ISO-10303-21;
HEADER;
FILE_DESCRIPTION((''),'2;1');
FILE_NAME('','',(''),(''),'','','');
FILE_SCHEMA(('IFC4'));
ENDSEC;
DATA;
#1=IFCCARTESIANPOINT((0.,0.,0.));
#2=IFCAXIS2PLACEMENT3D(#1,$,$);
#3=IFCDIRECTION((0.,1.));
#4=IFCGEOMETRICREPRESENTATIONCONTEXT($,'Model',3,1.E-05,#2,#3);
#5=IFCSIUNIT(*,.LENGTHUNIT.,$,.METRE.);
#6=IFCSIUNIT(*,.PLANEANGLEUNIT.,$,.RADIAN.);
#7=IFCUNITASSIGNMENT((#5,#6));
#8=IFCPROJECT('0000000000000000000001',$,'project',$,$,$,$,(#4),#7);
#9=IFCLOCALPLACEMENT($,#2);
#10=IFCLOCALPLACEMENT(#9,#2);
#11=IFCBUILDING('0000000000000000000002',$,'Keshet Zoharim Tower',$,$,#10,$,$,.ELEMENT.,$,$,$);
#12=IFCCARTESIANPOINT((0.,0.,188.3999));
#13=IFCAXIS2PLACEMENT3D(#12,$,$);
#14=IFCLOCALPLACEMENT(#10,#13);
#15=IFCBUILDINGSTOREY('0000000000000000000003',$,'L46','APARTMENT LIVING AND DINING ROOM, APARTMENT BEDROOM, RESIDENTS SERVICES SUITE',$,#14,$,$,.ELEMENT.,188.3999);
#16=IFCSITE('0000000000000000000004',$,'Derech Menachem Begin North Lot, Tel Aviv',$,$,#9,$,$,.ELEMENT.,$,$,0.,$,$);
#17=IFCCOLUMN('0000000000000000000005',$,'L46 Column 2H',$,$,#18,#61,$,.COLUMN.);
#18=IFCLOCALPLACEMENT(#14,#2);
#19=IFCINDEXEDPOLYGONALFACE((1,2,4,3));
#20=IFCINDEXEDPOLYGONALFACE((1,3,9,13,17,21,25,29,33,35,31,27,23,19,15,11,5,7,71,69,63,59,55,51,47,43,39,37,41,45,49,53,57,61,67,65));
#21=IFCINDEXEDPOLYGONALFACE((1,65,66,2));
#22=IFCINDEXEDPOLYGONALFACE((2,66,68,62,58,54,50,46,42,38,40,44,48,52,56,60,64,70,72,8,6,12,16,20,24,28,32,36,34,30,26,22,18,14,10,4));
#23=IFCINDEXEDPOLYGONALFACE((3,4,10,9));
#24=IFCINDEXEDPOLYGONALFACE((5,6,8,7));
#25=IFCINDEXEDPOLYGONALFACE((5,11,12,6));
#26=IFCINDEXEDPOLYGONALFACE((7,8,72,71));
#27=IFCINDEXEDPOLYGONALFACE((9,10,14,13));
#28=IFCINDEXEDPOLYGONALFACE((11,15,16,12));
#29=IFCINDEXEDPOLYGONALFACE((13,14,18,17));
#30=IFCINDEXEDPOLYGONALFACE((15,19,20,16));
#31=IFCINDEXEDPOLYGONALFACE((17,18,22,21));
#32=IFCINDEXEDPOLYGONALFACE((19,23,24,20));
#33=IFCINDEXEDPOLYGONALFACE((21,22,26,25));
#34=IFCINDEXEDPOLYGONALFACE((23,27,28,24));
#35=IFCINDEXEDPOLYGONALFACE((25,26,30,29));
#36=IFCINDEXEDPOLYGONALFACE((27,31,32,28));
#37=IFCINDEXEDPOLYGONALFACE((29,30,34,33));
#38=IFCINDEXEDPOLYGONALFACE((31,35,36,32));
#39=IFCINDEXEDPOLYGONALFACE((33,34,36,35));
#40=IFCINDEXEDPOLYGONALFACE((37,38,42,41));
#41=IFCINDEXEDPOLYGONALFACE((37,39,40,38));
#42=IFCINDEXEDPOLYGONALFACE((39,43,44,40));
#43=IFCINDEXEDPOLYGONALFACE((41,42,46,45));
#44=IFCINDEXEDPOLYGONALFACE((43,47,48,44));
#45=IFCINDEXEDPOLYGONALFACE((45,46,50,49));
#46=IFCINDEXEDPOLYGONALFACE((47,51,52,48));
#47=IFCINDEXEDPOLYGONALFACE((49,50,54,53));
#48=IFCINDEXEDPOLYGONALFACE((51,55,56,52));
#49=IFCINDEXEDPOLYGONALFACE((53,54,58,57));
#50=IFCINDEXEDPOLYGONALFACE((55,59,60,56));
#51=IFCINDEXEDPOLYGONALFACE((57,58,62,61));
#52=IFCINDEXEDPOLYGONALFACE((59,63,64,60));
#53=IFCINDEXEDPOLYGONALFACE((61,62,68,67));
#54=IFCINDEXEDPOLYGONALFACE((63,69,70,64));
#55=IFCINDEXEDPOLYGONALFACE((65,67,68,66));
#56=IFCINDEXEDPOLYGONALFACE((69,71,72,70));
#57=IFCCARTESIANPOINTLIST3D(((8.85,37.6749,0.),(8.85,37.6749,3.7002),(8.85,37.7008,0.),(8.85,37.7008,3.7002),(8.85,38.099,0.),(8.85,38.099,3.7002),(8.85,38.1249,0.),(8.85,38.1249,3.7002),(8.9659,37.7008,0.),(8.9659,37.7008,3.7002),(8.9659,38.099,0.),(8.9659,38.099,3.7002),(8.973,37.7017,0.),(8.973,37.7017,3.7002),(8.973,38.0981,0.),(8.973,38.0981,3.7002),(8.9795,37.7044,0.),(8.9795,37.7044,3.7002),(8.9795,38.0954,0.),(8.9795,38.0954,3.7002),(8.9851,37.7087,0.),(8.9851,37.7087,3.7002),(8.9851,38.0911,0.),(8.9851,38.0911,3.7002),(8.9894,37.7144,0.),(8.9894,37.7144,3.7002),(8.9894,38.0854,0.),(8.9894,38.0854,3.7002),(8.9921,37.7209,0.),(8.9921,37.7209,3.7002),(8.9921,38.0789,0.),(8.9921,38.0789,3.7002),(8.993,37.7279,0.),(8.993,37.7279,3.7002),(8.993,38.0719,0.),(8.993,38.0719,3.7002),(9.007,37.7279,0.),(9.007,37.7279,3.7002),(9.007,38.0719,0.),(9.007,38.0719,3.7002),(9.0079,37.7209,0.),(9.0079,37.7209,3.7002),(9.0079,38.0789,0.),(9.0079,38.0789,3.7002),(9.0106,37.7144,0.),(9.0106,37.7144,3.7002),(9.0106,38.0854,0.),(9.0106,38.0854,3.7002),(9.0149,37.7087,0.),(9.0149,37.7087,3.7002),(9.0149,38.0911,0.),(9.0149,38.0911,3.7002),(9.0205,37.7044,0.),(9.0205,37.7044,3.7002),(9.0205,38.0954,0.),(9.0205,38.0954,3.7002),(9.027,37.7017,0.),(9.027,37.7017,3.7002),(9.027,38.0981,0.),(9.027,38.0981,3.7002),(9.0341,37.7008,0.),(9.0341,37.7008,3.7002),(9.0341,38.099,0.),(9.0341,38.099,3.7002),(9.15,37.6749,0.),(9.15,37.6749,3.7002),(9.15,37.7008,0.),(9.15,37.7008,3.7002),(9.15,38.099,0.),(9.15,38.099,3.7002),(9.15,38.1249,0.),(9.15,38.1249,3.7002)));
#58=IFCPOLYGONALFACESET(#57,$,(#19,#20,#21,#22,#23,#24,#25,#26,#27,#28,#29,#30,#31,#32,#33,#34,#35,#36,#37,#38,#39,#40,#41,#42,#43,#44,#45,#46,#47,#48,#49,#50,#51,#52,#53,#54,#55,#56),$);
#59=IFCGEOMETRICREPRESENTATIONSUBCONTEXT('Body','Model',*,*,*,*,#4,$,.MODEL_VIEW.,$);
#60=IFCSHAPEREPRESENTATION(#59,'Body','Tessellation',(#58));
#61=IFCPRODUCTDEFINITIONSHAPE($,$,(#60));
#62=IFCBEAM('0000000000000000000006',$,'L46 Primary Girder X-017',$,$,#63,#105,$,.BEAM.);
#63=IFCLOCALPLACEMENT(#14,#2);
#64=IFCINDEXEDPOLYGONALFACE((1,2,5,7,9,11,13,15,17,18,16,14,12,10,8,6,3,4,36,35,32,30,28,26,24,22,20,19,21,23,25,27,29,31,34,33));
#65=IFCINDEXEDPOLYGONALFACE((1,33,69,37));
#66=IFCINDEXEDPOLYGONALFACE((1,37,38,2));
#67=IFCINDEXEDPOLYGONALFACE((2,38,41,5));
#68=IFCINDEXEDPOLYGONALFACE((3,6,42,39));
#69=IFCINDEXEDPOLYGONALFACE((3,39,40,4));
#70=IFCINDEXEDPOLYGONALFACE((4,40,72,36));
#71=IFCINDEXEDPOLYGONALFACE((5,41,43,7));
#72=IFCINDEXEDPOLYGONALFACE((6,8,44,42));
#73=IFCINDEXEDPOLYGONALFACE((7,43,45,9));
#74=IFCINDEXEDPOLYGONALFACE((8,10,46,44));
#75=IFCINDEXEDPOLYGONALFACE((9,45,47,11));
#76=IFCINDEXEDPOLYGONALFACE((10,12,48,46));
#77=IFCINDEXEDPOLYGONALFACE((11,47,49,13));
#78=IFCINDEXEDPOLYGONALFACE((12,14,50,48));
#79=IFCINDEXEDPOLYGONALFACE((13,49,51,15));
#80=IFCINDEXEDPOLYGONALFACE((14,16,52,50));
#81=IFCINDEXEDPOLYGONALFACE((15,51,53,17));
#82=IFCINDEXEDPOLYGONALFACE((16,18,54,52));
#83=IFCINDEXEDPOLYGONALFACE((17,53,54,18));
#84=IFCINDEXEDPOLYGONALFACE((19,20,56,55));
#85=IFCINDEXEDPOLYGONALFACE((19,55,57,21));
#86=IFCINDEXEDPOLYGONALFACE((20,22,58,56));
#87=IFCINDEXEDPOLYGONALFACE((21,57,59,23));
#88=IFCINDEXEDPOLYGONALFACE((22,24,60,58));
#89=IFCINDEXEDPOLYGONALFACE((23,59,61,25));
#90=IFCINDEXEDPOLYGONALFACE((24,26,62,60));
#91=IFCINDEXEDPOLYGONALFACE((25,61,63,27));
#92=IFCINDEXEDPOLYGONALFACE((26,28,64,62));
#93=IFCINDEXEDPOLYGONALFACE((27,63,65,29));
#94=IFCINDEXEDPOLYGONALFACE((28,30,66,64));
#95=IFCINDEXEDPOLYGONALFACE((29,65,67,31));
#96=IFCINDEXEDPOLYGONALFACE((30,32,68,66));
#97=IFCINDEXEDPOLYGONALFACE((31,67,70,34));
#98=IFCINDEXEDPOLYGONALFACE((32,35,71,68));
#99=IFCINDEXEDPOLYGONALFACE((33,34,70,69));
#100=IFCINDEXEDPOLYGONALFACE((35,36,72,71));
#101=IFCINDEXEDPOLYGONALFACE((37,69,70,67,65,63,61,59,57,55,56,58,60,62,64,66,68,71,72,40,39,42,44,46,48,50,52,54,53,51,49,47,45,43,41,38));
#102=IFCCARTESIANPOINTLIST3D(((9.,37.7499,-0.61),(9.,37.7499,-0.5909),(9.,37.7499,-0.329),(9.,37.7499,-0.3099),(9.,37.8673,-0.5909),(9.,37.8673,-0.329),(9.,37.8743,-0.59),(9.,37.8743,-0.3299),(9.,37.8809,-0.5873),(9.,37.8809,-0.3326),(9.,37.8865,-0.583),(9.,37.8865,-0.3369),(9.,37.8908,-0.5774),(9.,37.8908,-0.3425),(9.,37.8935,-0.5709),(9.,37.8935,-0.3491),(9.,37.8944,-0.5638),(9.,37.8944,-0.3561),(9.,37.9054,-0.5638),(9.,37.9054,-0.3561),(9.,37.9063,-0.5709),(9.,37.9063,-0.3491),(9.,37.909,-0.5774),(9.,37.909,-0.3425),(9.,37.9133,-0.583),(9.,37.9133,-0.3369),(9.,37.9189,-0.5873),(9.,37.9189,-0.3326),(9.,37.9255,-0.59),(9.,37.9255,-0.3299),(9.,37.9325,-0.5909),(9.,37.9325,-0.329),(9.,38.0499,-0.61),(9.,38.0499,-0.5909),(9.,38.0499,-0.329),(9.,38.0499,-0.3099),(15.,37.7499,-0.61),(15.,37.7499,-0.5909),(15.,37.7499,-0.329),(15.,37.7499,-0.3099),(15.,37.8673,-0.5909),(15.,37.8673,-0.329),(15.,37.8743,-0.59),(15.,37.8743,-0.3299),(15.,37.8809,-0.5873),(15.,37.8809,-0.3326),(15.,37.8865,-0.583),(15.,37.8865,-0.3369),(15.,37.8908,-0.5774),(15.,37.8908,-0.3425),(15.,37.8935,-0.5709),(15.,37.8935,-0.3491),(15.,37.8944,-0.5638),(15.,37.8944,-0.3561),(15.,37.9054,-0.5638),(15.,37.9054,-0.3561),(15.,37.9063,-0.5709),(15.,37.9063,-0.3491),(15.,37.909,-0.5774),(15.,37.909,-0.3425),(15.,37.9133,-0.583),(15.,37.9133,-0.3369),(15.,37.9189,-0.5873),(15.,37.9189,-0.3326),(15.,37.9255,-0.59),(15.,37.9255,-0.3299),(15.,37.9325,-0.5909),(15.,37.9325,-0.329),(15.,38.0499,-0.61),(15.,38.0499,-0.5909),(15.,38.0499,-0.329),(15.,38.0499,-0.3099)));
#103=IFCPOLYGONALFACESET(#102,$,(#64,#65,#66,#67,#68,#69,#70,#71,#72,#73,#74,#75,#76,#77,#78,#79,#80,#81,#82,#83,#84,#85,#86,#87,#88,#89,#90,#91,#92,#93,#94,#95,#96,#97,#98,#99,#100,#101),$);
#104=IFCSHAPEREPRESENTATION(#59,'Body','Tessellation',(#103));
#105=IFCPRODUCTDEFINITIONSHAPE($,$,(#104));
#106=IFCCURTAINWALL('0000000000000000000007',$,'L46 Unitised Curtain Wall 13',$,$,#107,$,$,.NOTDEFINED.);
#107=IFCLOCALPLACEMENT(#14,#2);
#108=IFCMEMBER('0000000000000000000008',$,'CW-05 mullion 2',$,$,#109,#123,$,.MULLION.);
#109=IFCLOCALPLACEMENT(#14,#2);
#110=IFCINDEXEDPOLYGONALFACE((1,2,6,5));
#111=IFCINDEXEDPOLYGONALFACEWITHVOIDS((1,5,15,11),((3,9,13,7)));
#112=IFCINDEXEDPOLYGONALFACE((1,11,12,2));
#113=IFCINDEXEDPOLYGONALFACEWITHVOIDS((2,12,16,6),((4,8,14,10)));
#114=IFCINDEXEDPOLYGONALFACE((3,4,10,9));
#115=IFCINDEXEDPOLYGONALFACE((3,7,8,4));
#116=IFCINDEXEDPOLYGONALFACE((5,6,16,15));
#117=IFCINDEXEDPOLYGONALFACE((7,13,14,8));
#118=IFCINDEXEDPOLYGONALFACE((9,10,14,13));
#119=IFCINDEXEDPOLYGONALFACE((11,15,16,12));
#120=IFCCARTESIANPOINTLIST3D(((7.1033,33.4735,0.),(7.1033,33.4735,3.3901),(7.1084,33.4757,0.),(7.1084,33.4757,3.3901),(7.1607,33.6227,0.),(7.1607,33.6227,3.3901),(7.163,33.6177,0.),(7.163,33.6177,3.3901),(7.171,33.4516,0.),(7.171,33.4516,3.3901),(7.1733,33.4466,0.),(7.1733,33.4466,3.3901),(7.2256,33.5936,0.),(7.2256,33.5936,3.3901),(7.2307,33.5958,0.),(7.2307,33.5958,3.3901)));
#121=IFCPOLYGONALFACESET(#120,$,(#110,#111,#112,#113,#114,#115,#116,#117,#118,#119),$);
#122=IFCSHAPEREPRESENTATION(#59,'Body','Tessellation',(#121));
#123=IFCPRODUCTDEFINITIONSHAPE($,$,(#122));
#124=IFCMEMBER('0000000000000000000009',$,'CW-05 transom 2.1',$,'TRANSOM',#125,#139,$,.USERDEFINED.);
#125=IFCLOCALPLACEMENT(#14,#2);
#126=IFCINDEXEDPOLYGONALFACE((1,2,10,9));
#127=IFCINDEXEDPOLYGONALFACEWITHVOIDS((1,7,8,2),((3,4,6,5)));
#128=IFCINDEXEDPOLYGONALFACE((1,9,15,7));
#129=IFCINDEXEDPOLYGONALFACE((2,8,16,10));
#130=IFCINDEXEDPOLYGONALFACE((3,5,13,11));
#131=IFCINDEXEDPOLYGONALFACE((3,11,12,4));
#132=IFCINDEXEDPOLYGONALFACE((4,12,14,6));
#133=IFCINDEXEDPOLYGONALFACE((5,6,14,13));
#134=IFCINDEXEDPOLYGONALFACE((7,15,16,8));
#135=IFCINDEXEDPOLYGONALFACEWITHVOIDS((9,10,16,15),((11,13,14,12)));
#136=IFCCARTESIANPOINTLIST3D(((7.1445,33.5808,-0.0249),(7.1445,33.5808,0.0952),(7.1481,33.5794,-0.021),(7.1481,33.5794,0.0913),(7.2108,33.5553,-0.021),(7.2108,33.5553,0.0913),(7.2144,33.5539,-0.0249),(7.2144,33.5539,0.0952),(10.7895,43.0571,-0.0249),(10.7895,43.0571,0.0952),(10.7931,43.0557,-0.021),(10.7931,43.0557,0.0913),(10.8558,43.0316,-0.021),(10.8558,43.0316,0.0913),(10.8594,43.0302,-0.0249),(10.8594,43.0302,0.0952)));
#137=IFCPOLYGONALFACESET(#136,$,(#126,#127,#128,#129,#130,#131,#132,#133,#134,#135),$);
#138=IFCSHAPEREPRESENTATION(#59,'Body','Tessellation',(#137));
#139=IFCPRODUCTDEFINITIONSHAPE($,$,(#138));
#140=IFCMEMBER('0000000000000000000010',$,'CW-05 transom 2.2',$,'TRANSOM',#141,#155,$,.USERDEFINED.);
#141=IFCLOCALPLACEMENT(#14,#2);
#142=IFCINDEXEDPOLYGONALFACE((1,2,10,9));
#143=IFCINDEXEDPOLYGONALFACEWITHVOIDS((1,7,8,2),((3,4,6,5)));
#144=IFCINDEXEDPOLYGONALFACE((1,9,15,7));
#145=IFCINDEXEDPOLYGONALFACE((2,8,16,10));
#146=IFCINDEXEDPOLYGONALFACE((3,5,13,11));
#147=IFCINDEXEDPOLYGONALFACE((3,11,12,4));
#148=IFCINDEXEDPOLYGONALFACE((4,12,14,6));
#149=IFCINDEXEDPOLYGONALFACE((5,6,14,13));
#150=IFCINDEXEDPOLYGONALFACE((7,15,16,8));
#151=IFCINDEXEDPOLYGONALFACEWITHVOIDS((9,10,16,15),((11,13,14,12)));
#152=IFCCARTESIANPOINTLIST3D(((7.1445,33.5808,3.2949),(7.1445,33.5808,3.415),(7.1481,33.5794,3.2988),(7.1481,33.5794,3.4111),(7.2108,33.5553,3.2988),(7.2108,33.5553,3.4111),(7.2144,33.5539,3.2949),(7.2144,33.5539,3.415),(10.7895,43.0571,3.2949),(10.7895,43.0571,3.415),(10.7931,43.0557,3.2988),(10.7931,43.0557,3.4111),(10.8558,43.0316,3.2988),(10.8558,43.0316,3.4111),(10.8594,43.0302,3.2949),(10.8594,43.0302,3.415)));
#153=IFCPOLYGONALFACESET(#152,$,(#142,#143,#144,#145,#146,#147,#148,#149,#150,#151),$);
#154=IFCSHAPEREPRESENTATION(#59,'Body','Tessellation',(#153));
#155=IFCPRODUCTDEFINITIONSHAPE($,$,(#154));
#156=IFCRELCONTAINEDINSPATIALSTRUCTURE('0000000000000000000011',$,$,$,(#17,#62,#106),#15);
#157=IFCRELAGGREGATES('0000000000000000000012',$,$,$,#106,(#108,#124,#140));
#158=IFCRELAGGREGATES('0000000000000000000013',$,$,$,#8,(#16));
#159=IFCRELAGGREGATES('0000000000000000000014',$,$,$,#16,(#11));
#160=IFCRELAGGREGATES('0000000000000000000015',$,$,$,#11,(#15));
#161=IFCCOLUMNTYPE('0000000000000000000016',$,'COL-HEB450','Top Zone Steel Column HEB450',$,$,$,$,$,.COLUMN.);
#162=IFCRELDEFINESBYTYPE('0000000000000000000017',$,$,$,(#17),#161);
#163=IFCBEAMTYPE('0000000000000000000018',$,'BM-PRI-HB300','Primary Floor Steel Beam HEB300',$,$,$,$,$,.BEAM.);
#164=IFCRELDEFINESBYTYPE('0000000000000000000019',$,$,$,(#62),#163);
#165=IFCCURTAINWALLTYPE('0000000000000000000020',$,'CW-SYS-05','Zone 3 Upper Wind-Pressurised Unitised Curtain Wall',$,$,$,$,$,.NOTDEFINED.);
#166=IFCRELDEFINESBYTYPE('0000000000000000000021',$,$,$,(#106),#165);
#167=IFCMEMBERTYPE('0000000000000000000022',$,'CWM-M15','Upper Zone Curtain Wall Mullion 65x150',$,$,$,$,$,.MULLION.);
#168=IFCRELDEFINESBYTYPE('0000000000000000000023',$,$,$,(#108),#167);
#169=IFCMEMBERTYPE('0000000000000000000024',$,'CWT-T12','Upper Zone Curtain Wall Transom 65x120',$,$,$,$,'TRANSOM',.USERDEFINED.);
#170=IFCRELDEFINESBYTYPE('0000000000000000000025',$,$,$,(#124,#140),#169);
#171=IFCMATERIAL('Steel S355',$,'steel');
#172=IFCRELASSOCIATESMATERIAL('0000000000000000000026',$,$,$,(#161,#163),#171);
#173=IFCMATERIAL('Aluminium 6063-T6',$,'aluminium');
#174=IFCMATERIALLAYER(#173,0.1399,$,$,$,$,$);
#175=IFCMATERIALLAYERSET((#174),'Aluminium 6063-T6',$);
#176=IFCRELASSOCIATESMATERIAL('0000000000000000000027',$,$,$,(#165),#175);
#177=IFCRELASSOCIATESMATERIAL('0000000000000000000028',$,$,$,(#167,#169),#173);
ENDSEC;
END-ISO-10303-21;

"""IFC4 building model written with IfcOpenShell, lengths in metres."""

from ifc_helpers import new_model, si_unit, direction, frame, origin, origin_2d, place, context, subcontext, project, spatial, hollow_rectangle, i_section, extrude, material, layer, layer_set, material_profile, profile_set, type_object, element, aggregate, save


model = new_model("IFC4")

# Units and contexts
model_context = context("Model", 3, precision=1e-05, world=origin(), true_north=direction((0.0, 1.0)))
body_context = subcontext(model_context, "Body", "Model", "MODEL_VIEW")
ifc_project = project(units=[si_unit("LENGTHUNIT", "METRE"), si_unit("PLANEANGLEUNIT", "RADIAN")], contexts=[model_context])

# Site, building, storey
site_placement = place(None, origin())
site = spatial("IfcSite", under=ifc_project, at=site_placement, Name="Derech Menachem Begin North Lot, Tel Aviv", CompositionType="ELEMENT", RefElevation=0.0)
building_placement = place(site_placement, origin())
building = spatial("IfcBuilding", under=site, at=building_placement, Name="Keshet Zoharim Tower", CompositionType="ELEMENT")
storey_placement = place(building_placement, frame((0.0, 0.0, 188.3999)))
storey = spatial("IfcBuildingStorey", under=building, at=storey_placement, Name="L46", Description="APARTMENT LIVING AND DINING ROOM, APARTMENT BEDROOM, RESIDENTS SERVICES SUITE", CompositionType="ELEMENT", Elevation=188.3999)

# Column
ifc_material_1 = material(Name="Steel S355", Category="steel")
ifc_material_profile_1 = material_profile(ifc_material_1, i_section(OverallWidth=0.3, OverallDepth=0.45, WebThickness=0.0139, FlangeThickness=0.0259, FilletRadius=0.0271, at=origin_2d()), Name="HEB450")
ifc_profile_set_1 = profile_set([ifc_material_profile_1], Name="Steel S355")
column_type = type_object("IfcColumnType", Name="COL-HEB450", Description="Top Zone Steel Column HEB450", PredefinedType="COLUMN", material=ifc_profile_set_1)
column_placement = place(storey_placement, frame((9.0, 37.8999, 0.0), z_axis=(0.0, 0.0, 1.0), x_axis=(1.0, 0.0, 0.0)))
element("IfcColumn", 1, at=column_placement, inside=storey, type_object=column_type, Name="L46 Column 2H", PredefinedType="COLUMN", context=body_context, shape_type="SweptSolid", body=[
    extrude(i_section(OverallWidth=0.3, OverallDepth=0.45, WebThickness=0.0139, FlangeThickness=0.0259, FilletRadius=0.0271, at=origin_2d()), origin(), (0.0, 0.0, 1.0), 3.7002),
])

# Beam
ifc_material_profile_2 = material_profile(ifc_material_1, i_section(OverallWidth=0.3, OverallDepth=0.3, WebThickness=0.011, FlangeThickness=0.019, FilletRadius=0.0271, at=origin_2d()), Name="HEB300")
ifc_profile_set_2 = profile_set([ifc_material_profile_2], Name="Steel S355")
beam_type = type_object("IfcBeamType", Name="BM-PRI-HB300", Description="Primary Floor Steel Beam HEB300", PredefinedType="BEAM", material=ifc_profile_set_2)
beam_placement = place(storey_placement, frame((9.0, 37.8999, -0.46), z_axis=(1.0, 0.0, 0.0), x_axis=(0.0, 1.0, 0.0)))
element("IfcBeam", 2, at=beam_placement, inside=storey, type_object=beam_type, Name="L46 Primary Girder X-017", PredefinedType="BEAM", context=body_context, shape_type="SweptSolid", body=[
    extrude(i_section(OverallWidth=0.3, OverallDepth=0.3, WebThickness=0.011, FlangeThickness=0.019, FilletRadius=0.0271, at=origin_2d()), origin(), (0.0, 0.0, 1.0), 6.0),
])

# Curtain wall, members
ifc_material_2 = material(Name="Aluminium 6063-T6", Category="aluminium")
ifc_layer_1 = layer(ifc_material_2, 0.1399)
ifc_layer_set_1 = layer_set([ifc_layer_1], Name="Aluminium 6063-T6")
curtain_wall_type = type_object("IfcCurtainWallType", Name="CW-SYS-05", Description="Zone 3 Upper Wind-Pressurised Unitised Curtain Wall", PredefinedType="NOTDEFINED", material=ifc_layer_set_1)
curtain_wall_placement = place(storey_placement, origin())
curtain_wall = element("IfcCurtainWall", 3, at=curtain_wall_placement, inside=storey, type_object=curtain_wall_type, Name="L46 Unitised Curtain Wall 13", PredefinedType="NOTDEFINED")
ifc_material_profile_3 = material_profile(ifc_material_2, hollow_rectangle(XDim=0.075, YDim=0.1599, WallThickness=0.0039, at=origin_2d()), Name="MUL-75x160")
ifc_profile_set_3 = profile_set([ifc_material_profile_3], Name="Aluminium 6063-T6")
member_type_1 = type_object("IfcMemberType", Name="CWM-M15", Description="Upper Zone Curtain Wall Mullion 65x150", PredefinedType="MULLION", material=ifc_profile_set_3)
member_1_placement = place(storey_placement, frame((7.167, 33.5347, 0.0), z_axis=(0.0, 0.0, 1.0), x_axis=(-0.933341, 0.35899, 0.0)))
member_1 = element("IfcMember", 4, at=member_1_placement, type_object=member_type_1, Name="CW-05 mullion 2", PredefinedType="MULLION", context=body_context, shape_type="SweptSolid", body=[
    extrude(hollow_rectangle(XDim=0.075, YDim=0.1599, WallThickness=0.0039, at=origin_2d()), origin(), (0.0, 0.0, 1.0), 3.3901),
])
ifc_material_profile_4 = material_profile(ifc_material_2, hollow_rectangle(XDim=0.075, YDim=0.1201, WallThickness=0.0039, at=origin_2d()), Name="TRN-75x120")
ifc_profile_set_4 = profile_set([ifc_material_profile_4], Name="Aluminium 6063-T6")
member_type_2 = type_object("IfcMemberType", Name="CWT-T12", Description="Upper Zone Curtain Wall Transom 65x120", ElementType="TRANSOM", PredefinedType="USERDEFINED", material=ifc_profile_set_4)
member_2_placement = place(storey_placement, frame((7.1794, 33.5674, 0.0352), z_axis=(0.359003, 0.933336, 0.0), x_axis=(-0.933336, 0.359003, 0.0)))
member_2 = element("IfcMember", 5, at=member_2_placement, type_object=member_type_2, Name="CW-05 transom 2.1", ObjectType="TRANSOM", PredefinedType="USERDEFINED", context=body_context, shape_type="SweptSolid", body=[
    extrude(hollow_rectangle(XDim=0.075, YDim=0.1201, WallThickness=0.0039, at=origin_2d()), origin(), (0.0, 0.0, 1.0), 10.1531),
])
member_3_placement = place(storey_placement, frame((7.1794, 33.5674, 3.355), z_axis=(0.359003, 0.933336, 0.0), x_axis=(-0.933336, 0.359003, 0.0)))
member_3 = element("IfcMember", 6, at=member_3_placement, type_object=member_type_2, Name="CW-05 transom 2.2", ObjectType="TRANSOM", PredefinedType="USERDEFINED", context=body_context, shape_type="SweptSolid", body=[
    extrude(hollow_rectangle(XDim=0.075, YDim=0.1201, WallThickness=0.0039, at=origin_2d()), origin(), (0.0, 0.0, 1.0), 10.1531),
])

aggregate(curtain_wall, [member_1, member_2, member_3])

save(model, "model.ifc")
